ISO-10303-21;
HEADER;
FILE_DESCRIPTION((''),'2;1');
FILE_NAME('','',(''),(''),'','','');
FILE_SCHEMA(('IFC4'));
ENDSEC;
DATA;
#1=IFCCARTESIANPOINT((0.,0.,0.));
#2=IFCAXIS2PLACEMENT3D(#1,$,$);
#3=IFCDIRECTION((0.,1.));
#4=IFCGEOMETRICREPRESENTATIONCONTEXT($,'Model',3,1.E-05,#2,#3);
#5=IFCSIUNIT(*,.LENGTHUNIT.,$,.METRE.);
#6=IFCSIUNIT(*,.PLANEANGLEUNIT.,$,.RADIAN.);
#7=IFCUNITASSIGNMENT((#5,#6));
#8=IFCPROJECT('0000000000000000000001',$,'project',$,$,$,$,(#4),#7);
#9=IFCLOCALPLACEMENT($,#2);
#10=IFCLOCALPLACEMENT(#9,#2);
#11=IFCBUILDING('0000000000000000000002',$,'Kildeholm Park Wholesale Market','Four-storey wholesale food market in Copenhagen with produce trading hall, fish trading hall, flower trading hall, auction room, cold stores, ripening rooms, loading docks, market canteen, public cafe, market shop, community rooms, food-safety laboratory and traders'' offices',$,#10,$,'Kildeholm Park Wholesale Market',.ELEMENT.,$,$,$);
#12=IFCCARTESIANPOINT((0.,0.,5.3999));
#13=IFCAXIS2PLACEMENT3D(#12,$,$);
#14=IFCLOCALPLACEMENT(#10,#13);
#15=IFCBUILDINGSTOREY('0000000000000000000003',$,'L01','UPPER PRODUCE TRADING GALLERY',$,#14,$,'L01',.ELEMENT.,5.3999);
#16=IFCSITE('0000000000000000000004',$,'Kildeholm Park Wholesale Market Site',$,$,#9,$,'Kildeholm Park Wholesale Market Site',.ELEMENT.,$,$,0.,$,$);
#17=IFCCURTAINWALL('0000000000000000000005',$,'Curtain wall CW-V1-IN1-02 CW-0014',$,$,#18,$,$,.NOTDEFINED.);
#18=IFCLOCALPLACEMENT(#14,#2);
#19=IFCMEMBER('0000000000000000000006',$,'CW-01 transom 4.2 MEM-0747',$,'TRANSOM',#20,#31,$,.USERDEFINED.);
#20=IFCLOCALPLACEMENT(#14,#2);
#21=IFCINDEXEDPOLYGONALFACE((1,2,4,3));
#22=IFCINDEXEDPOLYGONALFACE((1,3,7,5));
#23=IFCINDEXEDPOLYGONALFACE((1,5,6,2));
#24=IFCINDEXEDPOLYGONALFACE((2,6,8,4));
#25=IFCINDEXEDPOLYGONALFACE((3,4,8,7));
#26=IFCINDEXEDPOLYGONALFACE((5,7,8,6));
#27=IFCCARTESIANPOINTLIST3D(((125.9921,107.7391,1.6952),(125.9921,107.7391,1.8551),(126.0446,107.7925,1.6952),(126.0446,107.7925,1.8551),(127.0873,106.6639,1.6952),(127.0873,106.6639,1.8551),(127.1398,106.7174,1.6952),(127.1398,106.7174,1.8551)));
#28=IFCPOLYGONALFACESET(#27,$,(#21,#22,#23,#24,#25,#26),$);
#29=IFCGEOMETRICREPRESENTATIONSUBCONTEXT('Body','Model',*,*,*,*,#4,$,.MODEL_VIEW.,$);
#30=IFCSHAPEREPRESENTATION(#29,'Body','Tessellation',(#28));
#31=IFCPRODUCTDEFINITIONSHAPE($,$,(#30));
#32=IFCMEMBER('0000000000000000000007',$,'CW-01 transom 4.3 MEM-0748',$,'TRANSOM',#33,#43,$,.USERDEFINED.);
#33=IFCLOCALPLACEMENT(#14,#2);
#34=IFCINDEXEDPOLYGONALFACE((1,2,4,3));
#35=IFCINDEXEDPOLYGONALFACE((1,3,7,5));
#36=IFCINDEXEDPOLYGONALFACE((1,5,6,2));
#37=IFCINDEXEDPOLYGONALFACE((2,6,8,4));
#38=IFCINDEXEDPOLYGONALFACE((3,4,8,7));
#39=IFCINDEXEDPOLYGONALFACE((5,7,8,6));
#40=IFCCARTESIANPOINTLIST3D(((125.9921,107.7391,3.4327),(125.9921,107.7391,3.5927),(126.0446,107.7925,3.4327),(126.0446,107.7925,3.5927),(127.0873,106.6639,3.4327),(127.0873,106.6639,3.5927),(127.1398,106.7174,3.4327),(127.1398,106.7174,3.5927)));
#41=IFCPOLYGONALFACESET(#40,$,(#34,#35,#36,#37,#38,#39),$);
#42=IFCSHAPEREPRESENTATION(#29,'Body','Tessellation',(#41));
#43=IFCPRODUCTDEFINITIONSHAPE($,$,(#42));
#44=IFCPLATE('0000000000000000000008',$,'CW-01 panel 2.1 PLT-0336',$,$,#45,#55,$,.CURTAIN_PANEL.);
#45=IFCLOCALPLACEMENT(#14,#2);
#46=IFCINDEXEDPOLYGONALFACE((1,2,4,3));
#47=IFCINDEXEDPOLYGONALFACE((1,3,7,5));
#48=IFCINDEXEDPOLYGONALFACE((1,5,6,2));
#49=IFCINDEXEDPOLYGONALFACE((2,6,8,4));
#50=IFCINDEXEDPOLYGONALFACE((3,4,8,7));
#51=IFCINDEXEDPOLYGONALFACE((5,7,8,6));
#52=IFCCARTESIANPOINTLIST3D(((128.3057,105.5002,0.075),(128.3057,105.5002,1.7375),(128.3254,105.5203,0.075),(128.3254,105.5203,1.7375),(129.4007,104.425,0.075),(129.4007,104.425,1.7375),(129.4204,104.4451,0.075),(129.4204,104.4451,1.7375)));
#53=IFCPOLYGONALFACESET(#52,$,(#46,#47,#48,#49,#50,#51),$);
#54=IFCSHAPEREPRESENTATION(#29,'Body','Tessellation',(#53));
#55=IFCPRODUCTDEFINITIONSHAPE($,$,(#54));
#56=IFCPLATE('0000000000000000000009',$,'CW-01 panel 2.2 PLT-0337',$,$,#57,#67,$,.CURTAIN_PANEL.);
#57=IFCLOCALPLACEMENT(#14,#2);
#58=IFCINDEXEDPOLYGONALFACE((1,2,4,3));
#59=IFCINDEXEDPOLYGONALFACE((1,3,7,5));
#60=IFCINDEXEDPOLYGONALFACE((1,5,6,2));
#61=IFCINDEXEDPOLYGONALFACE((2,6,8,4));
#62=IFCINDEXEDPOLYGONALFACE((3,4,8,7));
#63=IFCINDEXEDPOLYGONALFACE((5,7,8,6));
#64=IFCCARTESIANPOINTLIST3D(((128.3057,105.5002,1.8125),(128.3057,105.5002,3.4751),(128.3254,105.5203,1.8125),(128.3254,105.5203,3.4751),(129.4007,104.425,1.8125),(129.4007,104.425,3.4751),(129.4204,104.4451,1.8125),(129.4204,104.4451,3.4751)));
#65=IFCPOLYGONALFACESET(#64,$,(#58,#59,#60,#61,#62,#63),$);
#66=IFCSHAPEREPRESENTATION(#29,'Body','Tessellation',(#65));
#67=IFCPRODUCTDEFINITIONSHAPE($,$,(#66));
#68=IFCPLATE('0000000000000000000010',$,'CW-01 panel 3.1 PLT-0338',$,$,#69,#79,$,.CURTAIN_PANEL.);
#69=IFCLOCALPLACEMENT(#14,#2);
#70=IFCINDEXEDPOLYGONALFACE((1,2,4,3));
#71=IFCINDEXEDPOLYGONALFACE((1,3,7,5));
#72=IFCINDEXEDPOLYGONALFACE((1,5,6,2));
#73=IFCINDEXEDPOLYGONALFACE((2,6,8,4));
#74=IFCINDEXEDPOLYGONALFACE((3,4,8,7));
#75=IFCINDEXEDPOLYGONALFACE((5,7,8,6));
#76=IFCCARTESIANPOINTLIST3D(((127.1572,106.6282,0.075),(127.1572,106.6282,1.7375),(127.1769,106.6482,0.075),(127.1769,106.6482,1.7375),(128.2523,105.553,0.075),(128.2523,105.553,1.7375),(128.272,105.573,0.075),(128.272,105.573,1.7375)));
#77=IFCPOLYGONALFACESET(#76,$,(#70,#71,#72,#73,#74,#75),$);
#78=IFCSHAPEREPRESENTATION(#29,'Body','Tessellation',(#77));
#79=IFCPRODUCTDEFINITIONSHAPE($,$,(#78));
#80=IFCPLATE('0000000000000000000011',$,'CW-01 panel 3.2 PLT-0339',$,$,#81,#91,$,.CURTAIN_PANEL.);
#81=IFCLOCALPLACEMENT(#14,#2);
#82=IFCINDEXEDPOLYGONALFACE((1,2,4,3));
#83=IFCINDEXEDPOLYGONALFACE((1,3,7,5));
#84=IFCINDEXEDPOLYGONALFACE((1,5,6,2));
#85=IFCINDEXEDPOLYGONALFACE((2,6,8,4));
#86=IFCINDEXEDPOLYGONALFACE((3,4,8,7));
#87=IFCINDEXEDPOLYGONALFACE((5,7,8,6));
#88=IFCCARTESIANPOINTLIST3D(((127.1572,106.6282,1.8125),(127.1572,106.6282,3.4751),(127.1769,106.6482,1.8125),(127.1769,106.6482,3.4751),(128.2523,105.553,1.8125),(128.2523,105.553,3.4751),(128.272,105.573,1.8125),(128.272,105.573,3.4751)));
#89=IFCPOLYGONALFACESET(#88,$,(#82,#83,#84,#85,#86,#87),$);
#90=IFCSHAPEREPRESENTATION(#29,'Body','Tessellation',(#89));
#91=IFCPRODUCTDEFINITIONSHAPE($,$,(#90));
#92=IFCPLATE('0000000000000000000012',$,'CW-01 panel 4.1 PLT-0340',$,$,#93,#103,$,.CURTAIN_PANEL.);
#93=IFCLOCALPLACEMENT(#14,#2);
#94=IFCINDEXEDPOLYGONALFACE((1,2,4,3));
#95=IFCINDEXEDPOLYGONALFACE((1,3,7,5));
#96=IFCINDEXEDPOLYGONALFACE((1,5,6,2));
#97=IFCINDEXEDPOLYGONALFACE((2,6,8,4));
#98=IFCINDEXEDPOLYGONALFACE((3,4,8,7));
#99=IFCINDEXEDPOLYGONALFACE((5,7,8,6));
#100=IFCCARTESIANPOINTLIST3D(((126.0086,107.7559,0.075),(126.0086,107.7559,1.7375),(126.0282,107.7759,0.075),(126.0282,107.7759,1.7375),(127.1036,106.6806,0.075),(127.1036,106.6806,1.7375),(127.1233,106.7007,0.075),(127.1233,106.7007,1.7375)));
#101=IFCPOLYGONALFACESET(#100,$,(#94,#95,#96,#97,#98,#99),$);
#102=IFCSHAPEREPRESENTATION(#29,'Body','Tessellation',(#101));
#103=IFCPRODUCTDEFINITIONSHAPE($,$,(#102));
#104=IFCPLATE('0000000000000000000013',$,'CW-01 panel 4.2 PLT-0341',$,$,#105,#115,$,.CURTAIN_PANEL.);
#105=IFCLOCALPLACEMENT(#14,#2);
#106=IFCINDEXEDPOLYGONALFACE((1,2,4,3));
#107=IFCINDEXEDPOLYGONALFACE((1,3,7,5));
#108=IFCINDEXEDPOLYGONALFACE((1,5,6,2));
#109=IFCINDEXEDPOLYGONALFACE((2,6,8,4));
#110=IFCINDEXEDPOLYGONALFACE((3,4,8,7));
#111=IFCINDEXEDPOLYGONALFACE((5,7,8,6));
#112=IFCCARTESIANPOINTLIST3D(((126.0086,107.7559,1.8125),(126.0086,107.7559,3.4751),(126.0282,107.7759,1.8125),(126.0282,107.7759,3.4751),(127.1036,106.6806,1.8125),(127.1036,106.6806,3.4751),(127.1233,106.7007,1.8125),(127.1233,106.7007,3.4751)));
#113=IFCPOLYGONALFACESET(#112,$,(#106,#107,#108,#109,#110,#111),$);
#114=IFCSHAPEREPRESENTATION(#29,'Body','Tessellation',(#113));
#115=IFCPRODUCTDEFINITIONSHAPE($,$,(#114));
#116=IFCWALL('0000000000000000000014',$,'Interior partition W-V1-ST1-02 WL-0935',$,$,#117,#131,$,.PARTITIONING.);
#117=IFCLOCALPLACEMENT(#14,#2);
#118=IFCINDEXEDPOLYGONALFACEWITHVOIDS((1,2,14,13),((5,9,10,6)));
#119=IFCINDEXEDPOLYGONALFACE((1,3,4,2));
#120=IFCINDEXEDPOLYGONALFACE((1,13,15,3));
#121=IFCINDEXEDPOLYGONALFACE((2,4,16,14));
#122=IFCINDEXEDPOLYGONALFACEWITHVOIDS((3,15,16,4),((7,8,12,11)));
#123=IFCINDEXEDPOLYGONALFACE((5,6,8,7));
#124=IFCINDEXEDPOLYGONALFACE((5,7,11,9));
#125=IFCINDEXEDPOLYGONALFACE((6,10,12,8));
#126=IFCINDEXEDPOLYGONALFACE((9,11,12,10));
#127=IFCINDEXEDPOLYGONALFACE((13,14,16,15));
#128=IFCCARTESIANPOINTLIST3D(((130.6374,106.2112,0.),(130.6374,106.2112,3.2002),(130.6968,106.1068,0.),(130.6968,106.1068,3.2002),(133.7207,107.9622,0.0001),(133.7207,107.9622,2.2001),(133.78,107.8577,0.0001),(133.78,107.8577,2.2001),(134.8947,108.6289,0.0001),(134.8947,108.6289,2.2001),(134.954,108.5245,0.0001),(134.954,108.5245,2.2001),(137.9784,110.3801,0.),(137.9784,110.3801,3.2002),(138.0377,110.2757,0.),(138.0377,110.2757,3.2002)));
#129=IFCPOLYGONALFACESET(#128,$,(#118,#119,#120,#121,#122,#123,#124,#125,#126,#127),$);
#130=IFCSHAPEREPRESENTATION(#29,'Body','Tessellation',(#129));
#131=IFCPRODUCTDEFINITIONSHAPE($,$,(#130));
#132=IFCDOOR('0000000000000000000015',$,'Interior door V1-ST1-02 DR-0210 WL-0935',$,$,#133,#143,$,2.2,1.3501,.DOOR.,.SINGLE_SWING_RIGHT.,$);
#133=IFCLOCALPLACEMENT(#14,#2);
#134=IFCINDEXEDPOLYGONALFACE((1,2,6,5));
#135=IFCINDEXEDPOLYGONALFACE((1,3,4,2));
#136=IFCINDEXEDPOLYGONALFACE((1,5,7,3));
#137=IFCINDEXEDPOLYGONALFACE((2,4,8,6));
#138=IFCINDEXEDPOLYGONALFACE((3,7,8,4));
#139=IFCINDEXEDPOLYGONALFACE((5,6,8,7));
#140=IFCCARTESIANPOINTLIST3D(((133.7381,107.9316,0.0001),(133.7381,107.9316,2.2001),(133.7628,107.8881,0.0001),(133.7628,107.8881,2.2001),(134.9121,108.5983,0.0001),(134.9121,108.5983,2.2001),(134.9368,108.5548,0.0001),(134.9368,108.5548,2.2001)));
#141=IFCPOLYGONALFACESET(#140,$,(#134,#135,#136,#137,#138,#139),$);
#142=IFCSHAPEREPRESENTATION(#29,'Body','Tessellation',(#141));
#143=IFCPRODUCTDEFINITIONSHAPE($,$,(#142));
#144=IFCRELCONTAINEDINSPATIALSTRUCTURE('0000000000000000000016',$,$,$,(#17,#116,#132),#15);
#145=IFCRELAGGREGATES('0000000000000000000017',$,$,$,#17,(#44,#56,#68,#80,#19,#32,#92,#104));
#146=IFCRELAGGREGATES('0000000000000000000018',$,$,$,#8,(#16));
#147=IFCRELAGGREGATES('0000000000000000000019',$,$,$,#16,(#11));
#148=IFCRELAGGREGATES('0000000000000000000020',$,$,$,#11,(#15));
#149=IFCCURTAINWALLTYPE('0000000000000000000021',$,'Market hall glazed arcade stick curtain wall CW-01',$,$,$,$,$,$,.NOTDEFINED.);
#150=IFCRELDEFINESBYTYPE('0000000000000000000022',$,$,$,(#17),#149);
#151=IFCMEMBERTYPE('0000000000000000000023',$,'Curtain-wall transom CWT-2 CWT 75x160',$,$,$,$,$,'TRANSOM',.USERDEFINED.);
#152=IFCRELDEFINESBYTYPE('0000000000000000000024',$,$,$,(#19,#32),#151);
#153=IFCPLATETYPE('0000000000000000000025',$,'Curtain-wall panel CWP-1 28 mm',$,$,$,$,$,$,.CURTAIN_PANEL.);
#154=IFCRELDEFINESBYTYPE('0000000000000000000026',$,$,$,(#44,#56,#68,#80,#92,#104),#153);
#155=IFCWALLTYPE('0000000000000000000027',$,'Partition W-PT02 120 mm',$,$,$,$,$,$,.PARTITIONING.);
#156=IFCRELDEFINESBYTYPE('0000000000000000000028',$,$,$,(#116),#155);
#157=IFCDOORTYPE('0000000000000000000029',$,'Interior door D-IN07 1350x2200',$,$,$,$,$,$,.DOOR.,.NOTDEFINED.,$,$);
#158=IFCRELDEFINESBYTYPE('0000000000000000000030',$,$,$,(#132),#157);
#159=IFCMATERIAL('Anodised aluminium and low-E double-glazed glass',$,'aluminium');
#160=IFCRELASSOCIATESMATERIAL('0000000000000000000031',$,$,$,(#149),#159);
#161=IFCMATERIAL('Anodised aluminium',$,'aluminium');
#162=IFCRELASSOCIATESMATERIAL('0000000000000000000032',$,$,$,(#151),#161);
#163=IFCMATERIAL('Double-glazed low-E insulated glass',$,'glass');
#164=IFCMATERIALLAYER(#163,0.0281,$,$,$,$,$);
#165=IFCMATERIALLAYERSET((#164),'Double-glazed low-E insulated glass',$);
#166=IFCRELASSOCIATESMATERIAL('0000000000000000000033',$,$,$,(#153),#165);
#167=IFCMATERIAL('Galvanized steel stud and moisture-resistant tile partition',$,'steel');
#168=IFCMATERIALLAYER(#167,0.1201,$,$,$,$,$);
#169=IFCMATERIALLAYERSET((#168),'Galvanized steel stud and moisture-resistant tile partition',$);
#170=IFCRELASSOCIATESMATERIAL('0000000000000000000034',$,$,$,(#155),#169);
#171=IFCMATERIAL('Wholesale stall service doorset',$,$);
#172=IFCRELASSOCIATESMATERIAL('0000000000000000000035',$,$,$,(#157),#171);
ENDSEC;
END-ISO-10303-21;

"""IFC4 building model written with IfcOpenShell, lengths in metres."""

from ifc_helpers import new_model, si_unit, direction, frame, frame_2d, origin, origin_2d, place, context, subcontext, project, spatial, rectangle, extrude, material, layer, layer_set, material_profile, profile_set, type_object, element, fill, aggregate, save


model = new_model("IFC4")

# Units and contexts
model_context = context("Model", 3, precision=1e-05, world=origin(), true_north=direction((0.0, 1.0)))
body_context = subcontext(model_context, "Body", "Model", "MODEL_VIEW")
ifc_project = project(units=[si_unit("LENGTHUNIT", "METRE"), si_unit("PLANEANGLEUNIT", "RADIAN")], contexts=[model_context])

# Site, building, storey
site_placement = place(None, origin())
site = spatial("IfcSite", under=ifc_project, at=site_placement, Name="Kildeholm Park Wholesale Market Site", LongName="Kildeholm Park Wholesale Market Site", CompositionType="ELEMENT", RefElevation=0.0)
building_placement = place(site_placement, origin())
building = spatial("IfcBuilding", under=site, at=building_placement, Name="Kildeholm Park Wholesale Market", Description="Four-storey wholesale food market in Copenhagen with produce trading hall, fish trading hall, flower trading hall, auction room, cold stores, ripening rooms, loading docks, market canteen, public cafe, market shop, community rooms, food-safety laboratory and traders' offices", LongName="Kildeholm Park Wholesale Market", CompositionType="ELEMENT")
storey_placement = place(building_placement, frame((0.0, 0.0, 5.3999)))
storey = spatial("IfcBuildingStorey", under=building, at=storey_placement, Name="L01", Description="UPPER PRODUCE TRADING GALLERY", LongName="L01", CompositionType="ELEMENT", Elevation=5.3999)

# Curtain wall, members, plates
ifc_material_1 = material(Name="Anodised aluminium and low-E double-glazed glass", Category="aluminium")
curtain_wall_type = type_object("IfcCurtainWallType", Name="Market hall glazed arcade stick curtain wall CW-01", PredefinedType="NOTDEFINED", material=ifc_material_1)
curtain_wall_placement = place(storey_placement, origin())
curtain_wall = element("IfcCurtainWall", 1, at=curtain_wall_placement, inside=storey, type_object=curtain_wall_type, Name="Curtain wall CW-V1-IN1-02 CW-0014", PredefinedType="NOTDEFINED")
ifc_material_2 = material(Name="Anodised aluminium", Category="aluminium")
ifc_material_profile_1 = material_profile(ifc_material_2, rectangle(XDim=0.075, YDim=0.1599, at=origin_2d()), Name="CWT 75x160")
ifc_profile_set_1 = profile_set([ifc_material_profile_1], Name="Anodised aluminium")
member_type_1 = type_object("IfcMemberType", Name="Curtain-wall transom CWT-2 CWT 75x160", ElementType="TRANSOM", PredefinedType="USERDEFINED", material=ifc_profile_set_1)
member_1_placement = place(storey_placement, frame((127.1135, 106.6907, 1.7751), z_axis=(-0.713599, 0.700555, 0.0), x_axis=(-0.700555, -0.713599, 0.0)))
member_1 = element("IfcMember", 2, at=member_1_placement, type_object=member_type_1, Name="CW-01 transom 4.2 MEM-0747", ObjectType="TRANSOM", PredefinedType="USERDEFINED", context=body_context, shape_type="SweptSolid", body=[
    extrude(rectangle(XDim=0.075, YDim=0.1599, at=origin_2d()), origin(), (0.0, 0.0, 1.0), 1.5347),
])
member_2_placement = place(storey_placement, frame((127.1135, 106.6907, 3.5127), z_axis=(-0.713599, 0.700555, 0.0), x_axis=(-0.700555, -0.713599, 0.0)))
member_2 = element("IfcMember", 3, at=member_2_placement, type_object=member_type_1, Name="CW-01 transom 4.3 MEM-0748", ObjectType="TRANSOM", PredefinedType="USERDEFINED", context=body_context, shape_type="SweptSolid", body=[
    extrude(rectangle(XDim=0.075, YDim=0.1599, at=origin_2d()), origin(), (0.0, 0.0, 1.0), 1.5347),
])
ifc_material_3 = material(Name="Double-glazed low-E insulated glass", Category="glass")
ifc_layer_1 = layer(ifc_material_3, 0.0281)
ifc_layer_set_1 = layer_set([ifc_layer_1], Name="Double-glazed low-E insulated glass")
plate_type = type_object("IfcPlateType", Name="Curtain-wall panel CWP-1 28 mm", PredefinedType="CURTAIN_PANEL", material=ifc_layer_set_1)
plate_1_placement = place(storey_placement, frame((128.863, 104.9727, 0.075), z_axis=(0.0, 0.0, 1.0), x_axis=(-0.713538, 0.700617, 0.0)))
plate_1 = element("IfcPlate", 4, at=plate_1_placement, type_object=plate_type, Name="CW-01 panel 2.1 PLT-0336", PredefinedType="CURTAIN_PANEL", context=body_context, shape_type="SweptSolid", body=[
    extrude(rectangle(XDim=1.5347, YDim=0.0281, at=origin_2d()), origin(), (0.0, 0.0, 1.0), 1.6626),
])
plate_2_placement = place(storey_placement, frame((128.863, 104.9727, 1.8125), z_axis=(0.0, 0.0, 1.0), x_axis=(-0.713538, 0.700617, 0.0)))
plate_2 = element("IfcPlate", 5, at=plate_2_placement, type_object=plate_type, Name="CW-01 panel 2.2 PLT-0337", PredefinedType="CURTAIN_PANEL", context=body_context, shape_type="SweptSolid", body=[
    extrude(rectangle(XDim=1.5347, YDim=0.0281, at=origin_2d()), origin(), (0.0, 0.0, 1.0), 1.6626),
])
plate_3_placement = place(storey_placement, frame((127.7146, 106.1006, 0.075), z_axis=(0.0, 0.0, 1.0), x_axis=(-0.713538, 0.700617, 0.0)))
plate_3 = element("IfcPlate", 6, at=plate_3_placement, type_object=plate_type, Name="CW-01 panel 3.1 PLT-0338", PredefinedType="CURTAIN_PANEL", context=body_context, shape_type="SweptSolid", body=[
    extrude(rectangle(XDim=1.5347, YDim=0.0281, at=origin_2d()), origin(), (0.0, 0.0, 1.0), 1.6626),
])
plate_4_placement = place(storey_placement, frame((127.7146, 106.1006, 1.8125), z_axis=(0.0, 0.0, 1.0), x_axis=(-0.713538, 0.700617, 0.0)))
plate_4 = element("IfcPlate", 7, at=plate_4_placement, type_object=plate_type, Name="CW-01 panel 3.2 PLT-0339", PredefinedType="CURTAIN_PANEL", context=body_context, shape_type="SweptSolid", body=[
    extrude(rectangle(XDim=1.5347, YDim=0.0281, at=origin_2d()), origin(), (0.0, 0.0, 1.0), 1.6626),
])
plate_5_placement = place(storey_placement, frame((126.5659, 107.2283, 0.075), z_axis=(0.0, 0.0, 1.0), x_axis=(-0.713538, 0.700617, 0.0)))
plate_5 = element("IfcPlate", 8, at=plate_5_placement, type_object=plate_type, Name="CW-01 panel 4.1 PLT-0340", PredefinedType="CURTAIN_PANEL", context=body_context, shape_type="SweptSolid", body=[
    extrude(rectangle(XDim=1.5347, YDim=0.0281, at=origin_2d()), origin(), (0.0, 0.0, 1.0), 1.6626),
])
plate_6_placement = place(storey_placement, frame((126.5659, 107.2283, 1.8125), z_axis=(0.0, 0.0, 1.0), x_axis=(-0.713538, 0.700617, 0.0)))
plate_6 = element("IfcPlate", 9, at=plate_6_placement, type_object=plate_type, Name="CW-01 panel 4.2 PLT-0341", PredefinedType="CURTAIN_PANEL", context=body_context, shape_type="SweptSolid", body=[
    extrude(rectangle(XDim=1.5347, YDim=0.0281, at=origin_2d()), origin(), (0.0, 0.0, 1.0), 1.6626),
])
aggregate(curtain_wall, [plate_1, plate_2, plate_3, plate_4, member_1, member_2, plate_5, plate_6])

# Wall, opening, door
ifc_material_4 = material(Name="Galvanized steel stud and moisture-resistant tile partition", Category="steel")
ifc_layer_2 = layer(ifc_material_4, 0.1201)
ifc_layer_set_2 = layer_set([ifc_layer_2], Name="Galvanized steel stud and moisture-resistant tile partition")
wall_type = type_object("IfcWallType", Name="Partition W-PT02 120 mm", PredefinedType="PARTITIONING", material=ifc_layer_set_2)
wall_placement = place(storey_placement, frame((130.667, 106.1589, 0.0), z_axis=(0.0, 0.0, 1.0), x_axis=(0.869564, 0.49382, 0.0)))
wall = element("IfcWall", 10, at=wall_placement, inside=storey, type_object=wall_type, Name="Interior partition W-V1-ST1-02 WL-0935", PredefinedType="PARTITIONING", context=body_context, shape_type="SweptSolid", body=[
    extrude(rectangle(XDim=8.4421, YDim=0.1201, at=frame_2d((4.2212, 0.0))), origin(), (0.0, 0.0, 1.0), 3.2002),
])
opening_placement = place(wall_placement, frame((3.5459, 0.0, 0.0)))
opening = element("IfcOpeningElement", 11, at=opening_placement, cuts=wall, PredefinedType="OPENING", context=body_context, shape_type="SweptSolid", body=[
    extrude(rectangle(XDim=1.3501, YDim=2.2, at=frame_2d((0.675, 1.1001))), frame((0.0, 0.0701, 0.0), z_axis=(0.0, -1.0, 0.0), x_axis=(1.0, 0.0, 0.0)), (0.0, 0.0, 1.0), 0.1401),
])
ifc_material_5 = material(Name="Wholesale stall service doorset")
door_type = type_object("IfcDoorType", Name="Interior door D-IN07 1350x2200", OperationType="NOTDEFINED", PredefinedType="DOOR", material=ifc_material_5)
door_placement = place(opening_placement, origin())
door = element("IfcDoor", 12, at=door_placement, inside=storey, type_object=door_type, Name="Interior door V1-ST1-02 DR-0210 WL-0935", OperationType="SINGLE_SWING_RIGHT", OverallHeight=2.2, OverallWidth=1.3501, PredefinedType="DOOR", context=body_context, shape_type="SweptSolid", body=[
    extrude(rectangle(XDim=1.3501, YDim=2.2, at=frame_2d((0.675, 1.1001))), frame((0.0, 0.0249, 0.0), z_axis=(0.0, -1.0, 0.0), x_axis=(1.0, 0.0, 0.0)), (0.0, 0.0, 1.0), 0.05),
])
fill(opening, door)

save(model, "model.ifc")
